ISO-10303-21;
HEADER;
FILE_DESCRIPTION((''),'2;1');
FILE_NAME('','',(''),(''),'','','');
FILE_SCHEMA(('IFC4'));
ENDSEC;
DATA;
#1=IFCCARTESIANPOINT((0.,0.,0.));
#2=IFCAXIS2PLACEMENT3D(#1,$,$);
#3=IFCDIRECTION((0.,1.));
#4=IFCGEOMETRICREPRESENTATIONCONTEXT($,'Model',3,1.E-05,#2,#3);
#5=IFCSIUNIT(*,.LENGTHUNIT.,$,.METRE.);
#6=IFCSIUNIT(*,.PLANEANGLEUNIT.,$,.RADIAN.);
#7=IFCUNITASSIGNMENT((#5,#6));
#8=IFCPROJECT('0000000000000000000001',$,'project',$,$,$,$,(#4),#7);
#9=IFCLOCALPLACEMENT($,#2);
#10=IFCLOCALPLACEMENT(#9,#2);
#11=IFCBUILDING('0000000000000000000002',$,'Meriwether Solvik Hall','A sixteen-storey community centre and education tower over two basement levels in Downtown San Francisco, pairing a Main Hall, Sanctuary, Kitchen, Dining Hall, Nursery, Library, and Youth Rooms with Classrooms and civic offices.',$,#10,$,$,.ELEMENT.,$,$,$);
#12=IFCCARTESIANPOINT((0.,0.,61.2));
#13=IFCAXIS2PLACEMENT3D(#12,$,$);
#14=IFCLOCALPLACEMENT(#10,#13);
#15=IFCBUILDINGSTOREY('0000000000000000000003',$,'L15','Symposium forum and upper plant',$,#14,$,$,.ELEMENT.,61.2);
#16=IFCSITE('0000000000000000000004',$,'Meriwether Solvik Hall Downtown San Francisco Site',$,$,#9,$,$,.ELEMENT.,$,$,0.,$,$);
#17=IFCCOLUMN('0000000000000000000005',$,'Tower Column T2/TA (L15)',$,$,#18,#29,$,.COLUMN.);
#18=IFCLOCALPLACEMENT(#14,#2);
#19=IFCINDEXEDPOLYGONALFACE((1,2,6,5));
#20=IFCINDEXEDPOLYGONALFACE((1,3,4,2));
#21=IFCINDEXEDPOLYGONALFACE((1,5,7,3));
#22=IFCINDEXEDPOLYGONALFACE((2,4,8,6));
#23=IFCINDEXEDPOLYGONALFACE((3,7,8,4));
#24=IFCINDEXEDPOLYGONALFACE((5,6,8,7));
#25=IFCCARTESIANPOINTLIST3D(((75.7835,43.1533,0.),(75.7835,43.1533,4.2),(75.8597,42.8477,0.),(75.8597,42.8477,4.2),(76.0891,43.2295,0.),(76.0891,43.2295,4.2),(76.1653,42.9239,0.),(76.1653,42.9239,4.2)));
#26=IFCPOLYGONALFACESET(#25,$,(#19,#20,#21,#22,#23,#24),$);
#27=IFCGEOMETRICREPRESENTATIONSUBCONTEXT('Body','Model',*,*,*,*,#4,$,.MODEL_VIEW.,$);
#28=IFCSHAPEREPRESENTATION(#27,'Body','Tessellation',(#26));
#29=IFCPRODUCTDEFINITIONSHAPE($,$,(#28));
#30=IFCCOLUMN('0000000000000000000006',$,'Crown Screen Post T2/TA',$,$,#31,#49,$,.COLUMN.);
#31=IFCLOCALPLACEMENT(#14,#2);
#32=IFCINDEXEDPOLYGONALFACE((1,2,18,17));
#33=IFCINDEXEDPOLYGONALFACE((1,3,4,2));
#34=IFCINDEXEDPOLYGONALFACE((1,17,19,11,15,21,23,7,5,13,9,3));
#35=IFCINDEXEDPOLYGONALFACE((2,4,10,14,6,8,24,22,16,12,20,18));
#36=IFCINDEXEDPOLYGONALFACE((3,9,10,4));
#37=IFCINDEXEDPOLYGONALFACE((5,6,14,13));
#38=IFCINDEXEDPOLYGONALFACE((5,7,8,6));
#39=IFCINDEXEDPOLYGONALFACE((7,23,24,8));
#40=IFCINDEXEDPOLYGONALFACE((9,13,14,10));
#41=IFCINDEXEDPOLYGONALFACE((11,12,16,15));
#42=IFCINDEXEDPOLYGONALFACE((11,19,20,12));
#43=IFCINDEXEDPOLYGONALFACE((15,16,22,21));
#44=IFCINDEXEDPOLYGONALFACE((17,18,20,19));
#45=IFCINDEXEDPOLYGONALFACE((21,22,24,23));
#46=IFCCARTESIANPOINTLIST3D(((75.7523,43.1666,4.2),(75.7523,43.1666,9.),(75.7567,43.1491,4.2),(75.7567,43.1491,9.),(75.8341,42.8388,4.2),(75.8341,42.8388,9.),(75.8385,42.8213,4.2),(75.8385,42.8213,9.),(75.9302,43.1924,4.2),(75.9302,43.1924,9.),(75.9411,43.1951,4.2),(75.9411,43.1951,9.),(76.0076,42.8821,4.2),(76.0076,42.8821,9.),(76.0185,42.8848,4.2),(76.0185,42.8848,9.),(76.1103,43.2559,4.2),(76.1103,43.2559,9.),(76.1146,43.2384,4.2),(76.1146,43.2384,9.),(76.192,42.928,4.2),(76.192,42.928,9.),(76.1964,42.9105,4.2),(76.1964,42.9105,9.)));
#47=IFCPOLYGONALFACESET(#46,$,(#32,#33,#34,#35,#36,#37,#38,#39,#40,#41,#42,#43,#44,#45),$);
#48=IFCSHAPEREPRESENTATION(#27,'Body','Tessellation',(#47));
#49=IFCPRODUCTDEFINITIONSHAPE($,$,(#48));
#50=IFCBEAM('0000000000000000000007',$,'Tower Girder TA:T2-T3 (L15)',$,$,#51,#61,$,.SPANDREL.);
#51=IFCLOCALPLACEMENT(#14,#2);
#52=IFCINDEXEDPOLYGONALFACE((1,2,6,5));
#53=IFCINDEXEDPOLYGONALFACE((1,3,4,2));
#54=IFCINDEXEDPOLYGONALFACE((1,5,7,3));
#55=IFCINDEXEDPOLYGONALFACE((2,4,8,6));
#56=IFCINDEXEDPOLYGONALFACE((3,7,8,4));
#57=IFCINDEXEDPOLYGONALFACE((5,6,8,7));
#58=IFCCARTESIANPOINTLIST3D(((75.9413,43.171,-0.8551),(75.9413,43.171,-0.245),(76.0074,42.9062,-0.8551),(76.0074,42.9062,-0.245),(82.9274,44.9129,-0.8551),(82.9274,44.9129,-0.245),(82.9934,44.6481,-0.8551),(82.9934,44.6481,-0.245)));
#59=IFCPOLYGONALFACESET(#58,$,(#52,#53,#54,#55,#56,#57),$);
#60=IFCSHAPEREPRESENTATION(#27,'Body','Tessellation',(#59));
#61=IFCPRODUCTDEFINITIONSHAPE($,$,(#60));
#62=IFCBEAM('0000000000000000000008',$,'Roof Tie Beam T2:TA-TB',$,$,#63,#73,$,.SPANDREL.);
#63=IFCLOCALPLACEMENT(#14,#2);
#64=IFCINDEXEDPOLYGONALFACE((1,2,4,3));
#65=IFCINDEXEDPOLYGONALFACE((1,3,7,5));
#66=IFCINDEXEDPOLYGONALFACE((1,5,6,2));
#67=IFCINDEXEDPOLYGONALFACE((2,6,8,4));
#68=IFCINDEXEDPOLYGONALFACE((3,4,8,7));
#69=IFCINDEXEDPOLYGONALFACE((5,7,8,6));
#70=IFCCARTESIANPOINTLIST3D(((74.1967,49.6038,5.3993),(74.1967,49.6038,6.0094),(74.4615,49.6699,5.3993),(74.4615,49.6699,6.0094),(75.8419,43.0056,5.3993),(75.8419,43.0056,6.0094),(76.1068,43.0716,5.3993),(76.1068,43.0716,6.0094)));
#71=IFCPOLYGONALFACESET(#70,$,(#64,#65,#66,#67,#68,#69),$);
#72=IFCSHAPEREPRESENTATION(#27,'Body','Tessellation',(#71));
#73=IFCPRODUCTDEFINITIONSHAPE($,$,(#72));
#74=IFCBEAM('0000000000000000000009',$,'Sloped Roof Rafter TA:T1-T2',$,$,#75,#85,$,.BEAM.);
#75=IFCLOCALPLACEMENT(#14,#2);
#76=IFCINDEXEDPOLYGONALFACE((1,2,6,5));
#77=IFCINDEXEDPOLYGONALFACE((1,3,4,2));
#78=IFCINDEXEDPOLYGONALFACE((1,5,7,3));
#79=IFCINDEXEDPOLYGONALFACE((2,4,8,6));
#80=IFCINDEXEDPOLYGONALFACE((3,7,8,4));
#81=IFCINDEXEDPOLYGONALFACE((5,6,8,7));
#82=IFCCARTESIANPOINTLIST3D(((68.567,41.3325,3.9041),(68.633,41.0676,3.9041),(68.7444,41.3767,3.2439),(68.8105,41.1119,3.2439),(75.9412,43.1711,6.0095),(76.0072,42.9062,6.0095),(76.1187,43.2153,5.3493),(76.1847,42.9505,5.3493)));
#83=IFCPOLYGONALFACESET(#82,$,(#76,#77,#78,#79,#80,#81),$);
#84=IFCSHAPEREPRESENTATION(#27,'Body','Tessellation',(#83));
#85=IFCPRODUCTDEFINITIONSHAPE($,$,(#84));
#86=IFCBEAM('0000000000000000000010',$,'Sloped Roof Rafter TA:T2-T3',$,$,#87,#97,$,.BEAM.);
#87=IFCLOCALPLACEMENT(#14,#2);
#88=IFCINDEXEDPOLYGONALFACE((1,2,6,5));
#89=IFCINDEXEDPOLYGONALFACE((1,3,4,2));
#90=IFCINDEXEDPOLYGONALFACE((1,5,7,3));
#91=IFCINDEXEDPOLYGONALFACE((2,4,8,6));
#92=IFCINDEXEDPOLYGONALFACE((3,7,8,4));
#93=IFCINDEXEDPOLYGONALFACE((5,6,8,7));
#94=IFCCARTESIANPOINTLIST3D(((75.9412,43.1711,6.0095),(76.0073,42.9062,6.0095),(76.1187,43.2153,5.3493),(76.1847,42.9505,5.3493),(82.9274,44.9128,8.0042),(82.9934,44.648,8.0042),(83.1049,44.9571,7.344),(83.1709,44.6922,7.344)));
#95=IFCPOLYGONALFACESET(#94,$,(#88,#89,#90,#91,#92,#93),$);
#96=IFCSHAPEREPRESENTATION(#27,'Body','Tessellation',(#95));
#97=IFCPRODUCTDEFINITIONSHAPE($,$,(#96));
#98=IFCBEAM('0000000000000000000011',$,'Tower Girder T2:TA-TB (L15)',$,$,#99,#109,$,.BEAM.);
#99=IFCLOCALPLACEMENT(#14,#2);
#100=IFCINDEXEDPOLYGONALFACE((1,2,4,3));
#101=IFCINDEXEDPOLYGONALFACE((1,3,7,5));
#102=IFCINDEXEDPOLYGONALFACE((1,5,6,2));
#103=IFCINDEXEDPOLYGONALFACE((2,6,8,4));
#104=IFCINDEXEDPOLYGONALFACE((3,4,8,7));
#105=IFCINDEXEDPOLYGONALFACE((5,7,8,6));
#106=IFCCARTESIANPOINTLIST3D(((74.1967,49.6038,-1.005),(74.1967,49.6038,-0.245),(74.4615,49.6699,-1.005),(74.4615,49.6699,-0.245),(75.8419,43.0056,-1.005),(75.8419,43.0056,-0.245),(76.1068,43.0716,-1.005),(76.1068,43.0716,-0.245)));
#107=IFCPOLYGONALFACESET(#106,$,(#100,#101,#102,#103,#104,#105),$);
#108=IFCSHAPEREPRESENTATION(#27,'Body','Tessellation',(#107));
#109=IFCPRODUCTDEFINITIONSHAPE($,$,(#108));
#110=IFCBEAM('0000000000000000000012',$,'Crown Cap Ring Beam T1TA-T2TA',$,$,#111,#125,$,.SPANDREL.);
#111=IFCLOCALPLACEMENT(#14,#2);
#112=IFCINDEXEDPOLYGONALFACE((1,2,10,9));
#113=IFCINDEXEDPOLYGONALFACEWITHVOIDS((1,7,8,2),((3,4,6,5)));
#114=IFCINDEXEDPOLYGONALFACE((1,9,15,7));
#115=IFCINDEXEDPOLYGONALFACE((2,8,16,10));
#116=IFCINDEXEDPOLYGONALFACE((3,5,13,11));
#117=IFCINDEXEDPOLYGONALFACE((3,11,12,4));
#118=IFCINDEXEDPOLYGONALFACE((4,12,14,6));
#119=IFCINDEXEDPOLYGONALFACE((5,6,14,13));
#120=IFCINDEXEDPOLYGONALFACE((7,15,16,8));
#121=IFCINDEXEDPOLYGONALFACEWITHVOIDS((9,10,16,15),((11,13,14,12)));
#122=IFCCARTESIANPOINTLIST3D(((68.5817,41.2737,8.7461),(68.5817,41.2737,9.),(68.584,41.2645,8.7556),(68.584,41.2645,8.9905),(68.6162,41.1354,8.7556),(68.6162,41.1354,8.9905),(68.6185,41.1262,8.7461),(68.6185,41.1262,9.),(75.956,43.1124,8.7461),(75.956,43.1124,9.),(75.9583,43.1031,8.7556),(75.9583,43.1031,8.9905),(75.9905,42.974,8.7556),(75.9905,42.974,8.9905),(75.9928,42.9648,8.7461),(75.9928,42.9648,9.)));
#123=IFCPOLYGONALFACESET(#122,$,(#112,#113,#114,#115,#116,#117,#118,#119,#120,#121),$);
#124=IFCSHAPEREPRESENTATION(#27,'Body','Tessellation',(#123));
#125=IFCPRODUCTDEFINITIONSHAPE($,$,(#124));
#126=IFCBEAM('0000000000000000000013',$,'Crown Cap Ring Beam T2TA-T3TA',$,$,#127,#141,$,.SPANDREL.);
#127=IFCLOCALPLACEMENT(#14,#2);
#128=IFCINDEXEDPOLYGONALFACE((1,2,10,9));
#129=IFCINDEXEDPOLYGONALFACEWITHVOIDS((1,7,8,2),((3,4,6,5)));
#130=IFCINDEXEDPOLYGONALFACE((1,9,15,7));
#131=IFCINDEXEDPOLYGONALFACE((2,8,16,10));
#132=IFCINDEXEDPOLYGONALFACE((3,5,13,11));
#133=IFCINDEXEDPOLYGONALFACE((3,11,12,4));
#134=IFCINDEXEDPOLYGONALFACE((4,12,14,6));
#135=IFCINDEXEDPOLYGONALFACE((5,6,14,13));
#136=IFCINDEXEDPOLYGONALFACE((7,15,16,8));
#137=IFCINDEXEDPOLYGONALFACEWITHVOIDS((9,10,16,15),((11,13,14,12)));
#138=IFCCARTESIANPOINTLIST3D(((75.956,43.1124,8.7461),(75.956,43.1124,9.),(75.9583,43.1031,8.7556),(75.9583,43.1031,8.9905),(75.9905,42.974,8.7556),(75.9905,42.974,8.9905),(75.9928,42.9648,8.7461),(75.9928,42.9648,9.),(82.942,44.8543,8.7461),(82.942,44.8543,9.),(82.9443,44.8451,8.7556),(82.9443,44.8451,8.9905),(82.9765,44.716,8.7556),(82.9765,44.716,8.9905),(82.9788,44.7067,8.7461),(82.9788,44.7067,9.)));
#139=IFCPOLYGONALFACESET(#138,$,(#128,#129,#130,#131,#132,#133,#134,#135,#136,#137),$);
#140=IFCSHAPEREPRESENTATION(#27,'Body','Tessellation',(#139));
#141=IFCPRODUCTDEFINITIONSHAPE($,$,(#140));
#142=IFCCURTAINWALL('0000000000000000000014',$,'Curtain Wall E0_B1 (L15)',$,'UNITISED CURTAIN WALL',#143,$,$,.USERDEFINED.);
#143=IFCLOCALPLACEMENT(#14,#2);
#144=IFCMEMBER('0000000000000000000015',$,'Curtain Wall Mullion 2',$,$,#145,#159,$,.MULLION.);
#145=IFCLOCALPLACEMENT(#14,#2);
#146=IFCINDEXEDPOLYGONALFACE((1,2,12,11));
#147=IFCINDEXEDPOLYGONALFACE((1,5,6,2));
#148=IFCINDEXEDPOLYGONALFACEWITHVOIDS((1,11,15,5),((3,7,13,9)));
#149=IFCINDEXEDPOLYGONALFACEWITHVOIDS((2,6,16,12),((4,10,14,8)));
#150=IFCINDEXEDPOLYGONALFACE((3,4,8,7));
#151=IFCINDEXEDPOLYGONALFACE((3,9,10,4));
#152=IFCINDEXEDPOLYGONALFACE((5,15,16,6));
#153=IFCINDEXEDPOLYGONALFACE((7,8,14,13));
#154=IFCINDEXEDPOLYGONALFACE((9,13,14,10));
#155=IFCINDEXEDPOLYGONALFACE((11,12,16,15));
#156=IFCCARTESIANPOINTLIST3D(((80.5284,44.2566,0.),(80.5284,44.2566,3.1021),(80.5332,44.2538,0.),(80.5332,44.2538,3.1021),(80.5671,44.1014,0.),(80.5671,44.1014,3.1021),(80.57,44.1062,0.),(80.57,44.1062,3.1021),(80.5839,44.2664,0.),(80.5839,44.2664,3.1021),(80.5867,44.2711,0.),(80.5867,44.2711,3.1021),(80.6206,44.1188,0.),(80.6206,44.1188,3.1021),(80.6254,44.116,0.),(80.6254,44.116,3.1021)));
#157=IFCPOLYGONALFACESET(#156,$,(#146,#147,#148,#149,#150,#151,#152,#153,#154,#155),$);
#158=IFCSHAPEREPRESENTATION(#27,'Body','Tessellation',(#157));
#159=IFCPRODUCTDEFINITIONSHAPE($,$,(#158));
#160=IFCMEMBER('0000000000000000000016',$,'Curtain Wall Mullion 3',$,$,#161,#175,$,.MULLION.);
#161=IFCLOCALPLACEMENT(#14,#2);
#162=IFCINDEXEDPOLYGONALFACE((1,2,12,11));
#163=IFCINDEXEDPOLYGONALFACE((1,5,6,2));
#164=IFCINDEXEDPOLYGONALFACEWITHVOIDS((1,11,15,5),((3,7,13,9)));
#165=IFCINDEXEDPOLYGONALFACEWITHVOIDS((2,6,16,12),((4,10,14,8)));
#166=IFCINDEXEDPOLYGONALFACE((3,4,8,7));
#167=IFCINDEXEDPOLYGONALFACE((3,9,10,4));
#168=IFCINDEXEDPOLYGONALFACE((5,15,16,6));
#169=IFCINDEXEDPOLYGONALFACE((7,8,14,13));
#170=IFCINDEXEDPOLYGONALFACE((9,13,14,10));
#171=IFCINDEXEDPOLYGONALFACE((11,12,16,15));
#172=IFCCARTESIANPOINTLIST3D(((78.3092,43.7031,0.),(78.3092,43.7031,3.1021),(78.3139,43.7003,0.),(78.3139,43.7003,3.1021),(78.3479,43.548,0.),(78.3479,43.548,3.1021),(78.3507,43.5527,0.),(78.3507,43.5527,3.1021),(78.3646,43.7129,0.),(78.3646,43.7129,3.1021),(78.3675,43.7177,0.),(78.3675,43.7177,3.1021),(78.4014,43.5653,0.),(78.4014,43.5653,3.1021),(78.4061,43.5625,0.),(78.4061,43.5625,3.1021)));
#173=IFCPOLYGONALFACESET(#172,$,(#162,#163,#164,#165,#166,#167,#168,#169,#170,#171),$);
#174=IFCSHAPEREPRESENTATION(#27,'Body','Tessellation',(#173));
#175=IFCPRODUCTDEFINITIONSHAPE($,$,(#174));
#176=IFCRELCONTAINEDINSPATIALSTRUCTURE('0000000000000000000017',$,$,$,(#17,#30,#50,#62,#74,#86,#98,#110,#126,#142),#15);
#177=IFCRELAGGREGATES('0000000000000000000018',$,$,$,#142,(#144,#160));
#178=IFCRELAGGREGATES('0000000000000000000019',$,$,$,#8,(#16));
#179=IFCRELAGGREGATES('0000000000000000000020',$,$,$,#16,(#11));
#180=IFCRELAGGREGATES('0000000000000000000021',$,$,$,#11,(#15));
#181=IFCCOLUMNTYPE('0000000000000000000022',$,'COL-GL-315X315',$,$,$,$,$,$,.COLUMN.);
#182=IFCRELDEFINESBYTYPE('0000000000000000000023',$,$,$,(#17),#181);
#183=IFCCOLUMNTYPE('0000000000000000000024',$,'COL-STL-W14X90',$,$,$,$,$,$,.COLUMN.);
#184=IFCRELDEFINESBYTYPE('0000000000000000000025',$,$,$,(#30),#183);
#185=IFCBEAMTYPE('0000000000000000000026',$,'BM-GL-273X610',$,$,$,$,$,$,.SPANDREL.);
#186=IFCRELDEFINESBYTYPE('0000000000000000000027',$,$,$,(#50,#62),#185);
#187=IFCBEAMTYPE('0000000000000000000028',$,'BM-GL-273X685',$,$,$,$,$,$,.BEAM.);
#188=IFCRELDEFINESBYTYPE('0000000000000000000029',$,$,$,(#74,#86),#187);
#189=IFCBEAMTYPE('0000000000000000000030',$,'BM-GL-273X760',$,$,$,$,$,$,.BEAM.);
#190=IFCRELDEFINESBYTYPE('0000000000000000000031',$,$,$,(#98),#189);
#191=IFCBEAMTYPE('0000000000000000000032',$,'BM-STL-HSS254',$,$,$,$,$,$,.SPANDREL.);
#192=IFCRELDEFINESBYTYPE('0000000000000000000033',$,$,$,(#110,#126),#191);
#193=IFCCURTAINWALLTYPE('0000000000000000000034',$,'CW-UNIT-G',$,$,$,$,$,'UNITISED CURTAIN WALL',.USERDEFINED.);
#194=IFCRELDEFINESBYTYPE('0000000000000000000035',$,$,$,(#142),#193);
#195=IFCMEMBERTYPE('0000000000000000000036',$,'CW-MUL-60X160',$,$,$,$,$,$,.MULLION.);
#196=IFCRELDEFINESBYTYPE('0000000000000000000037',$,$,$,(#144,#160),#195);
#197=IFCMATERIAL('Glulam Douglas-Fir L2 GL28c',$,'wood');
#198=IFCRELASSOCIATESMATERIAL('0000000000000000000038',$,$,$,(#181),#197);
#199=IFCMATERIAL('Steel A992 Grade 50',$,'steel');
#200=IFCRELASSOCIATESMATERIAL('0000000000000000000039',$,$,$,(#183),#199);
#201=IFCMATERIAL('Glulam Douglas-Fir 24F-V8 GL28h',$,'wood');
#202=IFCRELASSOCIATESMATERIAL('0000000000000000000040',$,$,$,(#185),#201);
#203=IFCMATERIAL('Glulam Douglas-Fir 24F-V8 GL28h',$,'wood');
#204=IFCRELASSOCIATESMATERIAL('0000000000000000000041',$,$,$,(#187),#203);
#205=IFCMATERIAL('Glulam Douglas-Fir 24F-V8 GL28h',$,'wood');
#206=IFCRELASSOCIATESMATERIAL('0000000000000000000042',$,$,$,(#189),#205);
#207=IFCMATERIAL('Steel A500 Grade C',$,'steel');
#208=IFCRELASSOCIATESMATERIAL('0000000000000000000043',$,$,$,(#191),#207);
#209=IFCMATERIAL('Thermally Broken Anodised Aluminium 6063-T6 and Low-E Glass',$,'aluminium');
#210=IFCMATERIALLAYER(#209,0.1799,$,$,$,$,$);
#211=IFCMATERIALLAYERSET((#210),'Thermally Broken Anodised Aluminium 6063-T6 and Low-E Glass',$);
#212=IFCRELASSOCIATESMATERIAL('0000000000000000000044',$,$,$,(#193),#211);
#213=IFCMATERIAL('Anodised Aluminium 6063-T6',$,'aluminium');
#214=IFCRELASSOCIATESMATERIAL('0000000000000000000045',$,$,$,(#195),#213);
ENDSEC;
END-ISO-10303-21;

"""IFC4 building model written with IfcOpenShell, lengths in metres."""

from ifc_helpers import new_model, si_unit, direction, frame, origin, origin_2d, place, context, subcontext, project, spatial, rectangle, hollow_rectangle, i_section, extrude, material, layer, layer_set, material_profile, profile_set, type_object, element, aggregate, save


model = new_model("IFC4")

# Units and contexts
model_context = context("Model", 3, precision=1e-05, world=origin(), true_north=direction((0.0, 1.0)))
body_context = subcontext(model_context, "Body", "Model", "MODEL_VIEW")
ifc_project = project(units=[si_unit("LENGTHUNIT", "METRE"), si_unit("PLANEANGLEUNIT", "RADIAN")], contexts=[model_context])

# Site, building, storey
site_placement = place(None, origin())
site = spatial("IfcSite", under=ifc_project, at=site_placement, Name="Meriwether Solvik Hall Downtown San Francisco Site", CompositionType="ELEMENT", RefElevation=0.0)
building_placement = place(site_placement, origin())
building = spatial("IfcBuilding", under=site, at=building_placement, Name="Meriwether Solvik Hall", Description="A sixteen-storey community centre and education tower over two basement levels in Downtown San Francisco, pairing a Main Hall, Sanctuary, Kitchen, Dining Hall, Nursery, Library, and Youth Rooms with Classrooms and civic offices.", CompositionType="ELEMENT")
storey_placement = place(building_placement, frame((0.0, 0.0, 61.2)))
storey = spatial("IfcBuildingStorey", under=building, at=storey_placement, Name="L15", Description="Symposium forum and upper plant", CompositionType="ELEMENT", Elevation=61.2)

# Columns
ifc_material_1 = material(Name="Glulam Douglas-Fir L2 GL28c", Category="wood")
ifc_material_profile_1 = material_profile(ifc_material_1, rectangle(XDim=0.3149, YDim=0.3149, at=origin_2d()), Name="GLC-315X315")
ifc_profile_set_1 = profile_set([ifc_material_profile_1], Name="Glulam Douglas-Fir L2 GL28c")
column_type_1 = type_object("IfcColumnType", Name="COL-GL-315X315", PredefinedType="COLUMN", material=ifc_profile_set_1)
column_1_placement = place(storey_placement, frame((75.9744, 43.0386, 0.0), z_axis=(0.0, 0.0, 1.0), x_axis=(0.970296, 0.241922, 0.0)))
element("IfcColumn", 1, at=column_1_placement, inside=storey, type_object=column_type_1, Name="Tower Column T2/TA (L15)", PredefinedType="COLUMN", context=body_context, shape_type="SweptSolid", body=[
    extrude(rectangle(XDim=0.3149, YDim=0.3149, at=origin_2d()), origin(), (0.0, 0.0, 1.0), 4.2),
])
ifc_material_2 = material(Name="Steel A992 Grade 50", Category="steel")
ifc_material_profile_2 = material_profile(ifc_material_2, i_section(OverallWidth=0.3689, OverallDepth=0.356, WebThickness=0.0112, FlangeThickness=0.0181, at=origin_2d()), Name="W14X90")
ifc_profile_set_2 = profile_set([ifc_material_profile_2], Name="Steel A992 Grade 50")
column_type_2 = type_object("IfcColumnType", Name="COL-STL-W14X90", PredefinedType="COLUMN", material=ifc_profile_set_2)
column_2_placement = place(storey_placement, frame((75.9744, 43.0386, 4.2), z_axis=(0.0, 0.0, 1.0), x_axis=(0.970296, 0.241922, 0.0)))
element("IfcColumn", 2, at=column_2_placement, inside=storey, type_object=column_type_2, Name="Crown Screen Post T2/TA", PredefinedType="COLUMN", context=body_context, shape_type="SweptSolid", body=[
    extrude(i_section(OverallWidth=0.3689, OverallDepth=0.356, WebThickness=0.0112, FlangeThickness=0.0181, at=origin_2d()), origin(), (0.0, 0.0, 1.0), 4.8),
])

# Beams
ifc_material_3 = material(Name="Glulam Douglas-Fir 24F-V8 GL28h", Category="wood")
ifc_material_profile_3 = material_profile(ifc_material_3, rectangle(XDim=0.2729, YDim=0.6101, at=origin_2d()), Name="GLB-273X610")
ifc_profile_set_3 = profile_set([ifc_material_profile_3], Name="Glulam Douglas-Fir 24F-V8 GL28h")
beam_type_1 = type_object("IfcBeamType", Name="BM-GL-273X610", PredefinedType="SPANDREL", material=ifc_profile_set_3)
beam_1_placement = place(storey_placement, frame((75.9744, 43.0386, -0.55), z_axis=(0.970292, 0.241937, 0.0), x_axis=(-0.241937, 0.970292, 0.0)))
element("IfcBeam", 3, at=beam_1_placement, inside=storey, type_object=beam_type_1, Name="Tower Girder TA:T2-T3 (L15)", PredefinedType="SPANDREL", context=body_context, shape_type="SweptSolid", body=[
    extrude(rectangle(XDim=0.2729, YDim=0.6101, at=origin_2d()), origin(), (0.0, 0.0, 1.0), 7.2),
])
beam_2_placement = place(storey_placement, frame((75.9744, 43.0386, 5.7043), z_axis=(-0.241944, 0.97029, 0.0), x_axis=(-0.97029, -0.241944, 0.0)))
element("IfcBeam", 4, at=beam_2_placement, inside=storey, type_object=beam_type_1, Name="Roof Tie Beam T2:TA-TB", PredefinedType="SPANDREL", context=body_context, shape_type="SweptSolid", body=[
    extrude(rectangle(XDim=0.2729, YDim=0.6101, at=origin_2d()), origin(), (0.0, 0.0, 1.0), 6.8003),
])
ifc_material_4 = material(Name="Glulam Douglas-Fir 24F-V8 GL28h", Category="wood")
ifc_material_profile_4 = material_profile(ifc_material_4, rectangle(XDim=0.2729, YDim=0.6851, at=origin_2d()), Name="GLB-273X685")
ifc_profile_set_4 = profile_set([ifc_material_profile_4], Name="Glulam Douglas-Fir 24F-V8 GL28h")
beam_type_2 = type_object("IfcBeamType", Name="BM-GL-273X685", PredefinedType="BEAM", material=ifc_profile_set_4)
beam_3_placement = place(storey_placement, frame((68.6887, 41.2222, 3.574), z_axis=(0.935076, 0.233142, 0.266979), x_axis=(-0.241923, 0.970295, 0.0)))
element("IfcBeam", 5, at=beam_3_placement, inside=storey, type_object=beam_type_2, Name="Sloped Roof Rafter TA:T1-T2", PredefinedType="BEAM", context=body_context, shape_type="SweptSolid", body=[
    extrude(rectangle(XDim=0.2729, YDim=0.6851, at=origin_2d()), origin(), (0.0, 0.0, 1.0), 7.8862),
])
beam_4_placement = place(storey_placement, frame((76.063, 43.0608, 5.6794), z_axis=(0.93508, 0.233125, 0.266979), x_axis=(-0.241905, 0.9703, 0.0)))
element("IfcBeam", 6, at=beam_4_placement, inside=storey, type_object=beam_type_2, Name="Sloped Roof Rafter TA:T2-T3", PredefinedType="BEAM", context=body_context, shape_type="SweptSolid", body=[
    extrude(rectangle(XDim=0.2729, YDim=0.6851, at=origin_2d()), origin(), (0.0, 0.0, 1.0), 7.4712),
])
ifc_material_5 = material(Name="Glulam Douglas-Fir 24F-V8 GL28h", Category="wood")
ifc_material_profile_5 = material_profile(ifc_material_5, rectangle(XDim=0.2729, YDim=0.76, at=origin_2d()), Name="GLB-273X760")
ifc_profile_set_5 = profile_set([ifc_material_profile_5], Name="Glulam Douglas-Fir 24F-V8 GL28h")
beam_type_3 = type_object("IfcBeamType", Name="BM-GL-273X760", PredefinedType="BEAM", material=ifc_profile_set_5)
beam_5_placement = place(storey_placement, frame((75.9744, 43.0386, -0.625), z_axis=(-0.241944, 0.97029, 0.0), x_axis=(-0.97029, -0.241944, 0.0)))
element("IfcBeam", 7, at=beam_5_placement, inside=storey, type_object=beam_type_3, Name="Tower Girder T2:TA-TB (L15)", PredefinedType="BEAM", context=body_context, shape_type="SweptSolid", body=[
    extrude(rectangle(XDim=0.2729, YDim=0.76, at=origin_2d()), origin(), (0.0, 0.0, 1.0), 6.8003),
])
ifc_material_6 = material(Name="Steel A500 Grade C", Category="steel")
ifc_material_profile_6 = material_profile(ifc_material_6, hollow_rectangle(XDim=0.1521, YDim=0.2539, WallThickness=0.0095, at=origin_2d()), Name="HSS254X152X9.5")
ifc_profile_set_6 = profile_set([ifc_material_profile_6], Name="Steel A500 Grade C")
beam_type_4 = type_object("IfcBeamType", Name="BM-STL-HSS254", PredefinedType="SPANDREL", material=ifc_profile_set_6)
beam_6_placement = place(storey_placement, frame((68.6001, 41.2, 8.873), z_axis=(0.970295, 0.241923, 0.0), x_axis=(-0.241923, 0.970295, 0.0)))
element("IfcBeam", 8, at=beam_6_placement, inside=storey, type_object=beam_type_4, Name="Crown Cap Ring Beam T1TA-T2TA", PredefinedType="SPANDREL", context=body_context, shape_type="SweptSolid", body=[
    extrude(hollow_rectangle(XDim=0.1521, YDim=0.2539, WallThickness=0.0095, at=origin_2d()), origin(), (0.0, 0.0, 1.0), 7.6001),
])
beam_7_placement = place(storey_placement, frame((75.9744, 43.0386, 8.873), z_axis=(0.970292, 0.241937, 0.0), x_axis=(-0.241937, 0.970292, 0.0)))
element("IfcBeam", 9, at=beam_7_placement, inside=storey, type_object=beam_type_4, Name="Crown Cap Ring Beam T2TA-T3TA", PredefinedType="SPANDREL", context=body_context, shape_type="SweptSolid", body=[
    extrude(hollow_rectangle(XDim=0.1521, YDim=0.2539, WallThickness=0.0095, at=origin_2d()), origin(), (0.0, 0.0, 1.0), 7.2),
])

# Curtain wall, members
ifc_material_7 = material(Name="Thermally Broken Anodised Aluminium 6063-T6 and Low-E Glass", Category="aluminium")
ifc_layer_1 = layer(ifc_material_7, 0.1799)
ifc_layer_set_1 = layer_set([ifc_layer_1], Name="Thermally Broken Anodised Aluminium 6063-T6 and Low-E Glass")
curtain_wall_type = type_object("IfcCurtainWallType", Name="CW-UNIT-G", ElementType="UNITISED CURTAIN WALL", PredefinedType="USERDEFINED", material=ifc_layer_set_1)
curtain_wall_placement = place(storey_placement, origin())
curtain_wall = element("IfcCurtainWall", 10, at=curtain_wall_placement, inside=storey, type_object=curtain_wall_type, Name="Curtain Wall E0_B1 (L15)", ObjectType="UNITISED CURTAIN WALL", PredefinedType="USERDEFINED")
ifc_material_8 = material(Name="Anodised Aluminium 6063-T6", Category="aluminium")
ifc_material_profile_7 = material_profile(ifc_material_8, hollow_rectangle(XDim=0.0601, YDim=0.1599, WallThickness=0.0039, at=origin_2d()), Name="CWM-60X160")
ifc_profile_set_7 = profile_set([ifc_material_profile_7], Name="Anodised Aluminium 6063-T6")
member_type_1 = type_object("IfcMemberType", Name="CW-MUL-60X160", PredefinedType="MULLION", material=ifc_profile_set_7)
member_1_placement = place(storey_placement, frame((80.5769, 44.1863, 0.0), z_axis=(0.0, 0.0, 1.0), x_axis=(-0.970296, -0.241922, 0.0)))
member_1 = element("IfcMember", 11, at=member_1_placement, type_object=member_type_1, Name="Curtain Wall Mullion 2", PredefinedType="MULLION", context=body_context, shape_type="SweptSolid", body=[
    extrude(hollow_rectangle(XDim=0.0601, YDim=0.1599, WallThickness=0.0039, at=origin_2d()), origin(), (0.0, 0.0, 1.0), 3.1021),
])
member_2_placement = place(storey_placement, frame((78.3577, 43.6328, 0.0), z_axis=(0.0, 0.0, 1.0), x_axis=(-0.970296, -0.241922, 0.0)))
member_2 = element("IfcMember", 12, at=member_2_placement, type_object=member_type_1, Name="Curtain Wall Mullion 3", PredefinedType="MULLION", context=body_context, shape_type="SweptSolid", body=[
    extrude(hollow_rectangle(XDim=0.0601, YDim=0.1599, WallThickness=0.0039, at=origin_2d()), origin(), (0.0, 0.0, 1.0), 3.1021),
])

aggregate(curtain_wall, [member_1, member_2])

save(model, "model.ifc")
